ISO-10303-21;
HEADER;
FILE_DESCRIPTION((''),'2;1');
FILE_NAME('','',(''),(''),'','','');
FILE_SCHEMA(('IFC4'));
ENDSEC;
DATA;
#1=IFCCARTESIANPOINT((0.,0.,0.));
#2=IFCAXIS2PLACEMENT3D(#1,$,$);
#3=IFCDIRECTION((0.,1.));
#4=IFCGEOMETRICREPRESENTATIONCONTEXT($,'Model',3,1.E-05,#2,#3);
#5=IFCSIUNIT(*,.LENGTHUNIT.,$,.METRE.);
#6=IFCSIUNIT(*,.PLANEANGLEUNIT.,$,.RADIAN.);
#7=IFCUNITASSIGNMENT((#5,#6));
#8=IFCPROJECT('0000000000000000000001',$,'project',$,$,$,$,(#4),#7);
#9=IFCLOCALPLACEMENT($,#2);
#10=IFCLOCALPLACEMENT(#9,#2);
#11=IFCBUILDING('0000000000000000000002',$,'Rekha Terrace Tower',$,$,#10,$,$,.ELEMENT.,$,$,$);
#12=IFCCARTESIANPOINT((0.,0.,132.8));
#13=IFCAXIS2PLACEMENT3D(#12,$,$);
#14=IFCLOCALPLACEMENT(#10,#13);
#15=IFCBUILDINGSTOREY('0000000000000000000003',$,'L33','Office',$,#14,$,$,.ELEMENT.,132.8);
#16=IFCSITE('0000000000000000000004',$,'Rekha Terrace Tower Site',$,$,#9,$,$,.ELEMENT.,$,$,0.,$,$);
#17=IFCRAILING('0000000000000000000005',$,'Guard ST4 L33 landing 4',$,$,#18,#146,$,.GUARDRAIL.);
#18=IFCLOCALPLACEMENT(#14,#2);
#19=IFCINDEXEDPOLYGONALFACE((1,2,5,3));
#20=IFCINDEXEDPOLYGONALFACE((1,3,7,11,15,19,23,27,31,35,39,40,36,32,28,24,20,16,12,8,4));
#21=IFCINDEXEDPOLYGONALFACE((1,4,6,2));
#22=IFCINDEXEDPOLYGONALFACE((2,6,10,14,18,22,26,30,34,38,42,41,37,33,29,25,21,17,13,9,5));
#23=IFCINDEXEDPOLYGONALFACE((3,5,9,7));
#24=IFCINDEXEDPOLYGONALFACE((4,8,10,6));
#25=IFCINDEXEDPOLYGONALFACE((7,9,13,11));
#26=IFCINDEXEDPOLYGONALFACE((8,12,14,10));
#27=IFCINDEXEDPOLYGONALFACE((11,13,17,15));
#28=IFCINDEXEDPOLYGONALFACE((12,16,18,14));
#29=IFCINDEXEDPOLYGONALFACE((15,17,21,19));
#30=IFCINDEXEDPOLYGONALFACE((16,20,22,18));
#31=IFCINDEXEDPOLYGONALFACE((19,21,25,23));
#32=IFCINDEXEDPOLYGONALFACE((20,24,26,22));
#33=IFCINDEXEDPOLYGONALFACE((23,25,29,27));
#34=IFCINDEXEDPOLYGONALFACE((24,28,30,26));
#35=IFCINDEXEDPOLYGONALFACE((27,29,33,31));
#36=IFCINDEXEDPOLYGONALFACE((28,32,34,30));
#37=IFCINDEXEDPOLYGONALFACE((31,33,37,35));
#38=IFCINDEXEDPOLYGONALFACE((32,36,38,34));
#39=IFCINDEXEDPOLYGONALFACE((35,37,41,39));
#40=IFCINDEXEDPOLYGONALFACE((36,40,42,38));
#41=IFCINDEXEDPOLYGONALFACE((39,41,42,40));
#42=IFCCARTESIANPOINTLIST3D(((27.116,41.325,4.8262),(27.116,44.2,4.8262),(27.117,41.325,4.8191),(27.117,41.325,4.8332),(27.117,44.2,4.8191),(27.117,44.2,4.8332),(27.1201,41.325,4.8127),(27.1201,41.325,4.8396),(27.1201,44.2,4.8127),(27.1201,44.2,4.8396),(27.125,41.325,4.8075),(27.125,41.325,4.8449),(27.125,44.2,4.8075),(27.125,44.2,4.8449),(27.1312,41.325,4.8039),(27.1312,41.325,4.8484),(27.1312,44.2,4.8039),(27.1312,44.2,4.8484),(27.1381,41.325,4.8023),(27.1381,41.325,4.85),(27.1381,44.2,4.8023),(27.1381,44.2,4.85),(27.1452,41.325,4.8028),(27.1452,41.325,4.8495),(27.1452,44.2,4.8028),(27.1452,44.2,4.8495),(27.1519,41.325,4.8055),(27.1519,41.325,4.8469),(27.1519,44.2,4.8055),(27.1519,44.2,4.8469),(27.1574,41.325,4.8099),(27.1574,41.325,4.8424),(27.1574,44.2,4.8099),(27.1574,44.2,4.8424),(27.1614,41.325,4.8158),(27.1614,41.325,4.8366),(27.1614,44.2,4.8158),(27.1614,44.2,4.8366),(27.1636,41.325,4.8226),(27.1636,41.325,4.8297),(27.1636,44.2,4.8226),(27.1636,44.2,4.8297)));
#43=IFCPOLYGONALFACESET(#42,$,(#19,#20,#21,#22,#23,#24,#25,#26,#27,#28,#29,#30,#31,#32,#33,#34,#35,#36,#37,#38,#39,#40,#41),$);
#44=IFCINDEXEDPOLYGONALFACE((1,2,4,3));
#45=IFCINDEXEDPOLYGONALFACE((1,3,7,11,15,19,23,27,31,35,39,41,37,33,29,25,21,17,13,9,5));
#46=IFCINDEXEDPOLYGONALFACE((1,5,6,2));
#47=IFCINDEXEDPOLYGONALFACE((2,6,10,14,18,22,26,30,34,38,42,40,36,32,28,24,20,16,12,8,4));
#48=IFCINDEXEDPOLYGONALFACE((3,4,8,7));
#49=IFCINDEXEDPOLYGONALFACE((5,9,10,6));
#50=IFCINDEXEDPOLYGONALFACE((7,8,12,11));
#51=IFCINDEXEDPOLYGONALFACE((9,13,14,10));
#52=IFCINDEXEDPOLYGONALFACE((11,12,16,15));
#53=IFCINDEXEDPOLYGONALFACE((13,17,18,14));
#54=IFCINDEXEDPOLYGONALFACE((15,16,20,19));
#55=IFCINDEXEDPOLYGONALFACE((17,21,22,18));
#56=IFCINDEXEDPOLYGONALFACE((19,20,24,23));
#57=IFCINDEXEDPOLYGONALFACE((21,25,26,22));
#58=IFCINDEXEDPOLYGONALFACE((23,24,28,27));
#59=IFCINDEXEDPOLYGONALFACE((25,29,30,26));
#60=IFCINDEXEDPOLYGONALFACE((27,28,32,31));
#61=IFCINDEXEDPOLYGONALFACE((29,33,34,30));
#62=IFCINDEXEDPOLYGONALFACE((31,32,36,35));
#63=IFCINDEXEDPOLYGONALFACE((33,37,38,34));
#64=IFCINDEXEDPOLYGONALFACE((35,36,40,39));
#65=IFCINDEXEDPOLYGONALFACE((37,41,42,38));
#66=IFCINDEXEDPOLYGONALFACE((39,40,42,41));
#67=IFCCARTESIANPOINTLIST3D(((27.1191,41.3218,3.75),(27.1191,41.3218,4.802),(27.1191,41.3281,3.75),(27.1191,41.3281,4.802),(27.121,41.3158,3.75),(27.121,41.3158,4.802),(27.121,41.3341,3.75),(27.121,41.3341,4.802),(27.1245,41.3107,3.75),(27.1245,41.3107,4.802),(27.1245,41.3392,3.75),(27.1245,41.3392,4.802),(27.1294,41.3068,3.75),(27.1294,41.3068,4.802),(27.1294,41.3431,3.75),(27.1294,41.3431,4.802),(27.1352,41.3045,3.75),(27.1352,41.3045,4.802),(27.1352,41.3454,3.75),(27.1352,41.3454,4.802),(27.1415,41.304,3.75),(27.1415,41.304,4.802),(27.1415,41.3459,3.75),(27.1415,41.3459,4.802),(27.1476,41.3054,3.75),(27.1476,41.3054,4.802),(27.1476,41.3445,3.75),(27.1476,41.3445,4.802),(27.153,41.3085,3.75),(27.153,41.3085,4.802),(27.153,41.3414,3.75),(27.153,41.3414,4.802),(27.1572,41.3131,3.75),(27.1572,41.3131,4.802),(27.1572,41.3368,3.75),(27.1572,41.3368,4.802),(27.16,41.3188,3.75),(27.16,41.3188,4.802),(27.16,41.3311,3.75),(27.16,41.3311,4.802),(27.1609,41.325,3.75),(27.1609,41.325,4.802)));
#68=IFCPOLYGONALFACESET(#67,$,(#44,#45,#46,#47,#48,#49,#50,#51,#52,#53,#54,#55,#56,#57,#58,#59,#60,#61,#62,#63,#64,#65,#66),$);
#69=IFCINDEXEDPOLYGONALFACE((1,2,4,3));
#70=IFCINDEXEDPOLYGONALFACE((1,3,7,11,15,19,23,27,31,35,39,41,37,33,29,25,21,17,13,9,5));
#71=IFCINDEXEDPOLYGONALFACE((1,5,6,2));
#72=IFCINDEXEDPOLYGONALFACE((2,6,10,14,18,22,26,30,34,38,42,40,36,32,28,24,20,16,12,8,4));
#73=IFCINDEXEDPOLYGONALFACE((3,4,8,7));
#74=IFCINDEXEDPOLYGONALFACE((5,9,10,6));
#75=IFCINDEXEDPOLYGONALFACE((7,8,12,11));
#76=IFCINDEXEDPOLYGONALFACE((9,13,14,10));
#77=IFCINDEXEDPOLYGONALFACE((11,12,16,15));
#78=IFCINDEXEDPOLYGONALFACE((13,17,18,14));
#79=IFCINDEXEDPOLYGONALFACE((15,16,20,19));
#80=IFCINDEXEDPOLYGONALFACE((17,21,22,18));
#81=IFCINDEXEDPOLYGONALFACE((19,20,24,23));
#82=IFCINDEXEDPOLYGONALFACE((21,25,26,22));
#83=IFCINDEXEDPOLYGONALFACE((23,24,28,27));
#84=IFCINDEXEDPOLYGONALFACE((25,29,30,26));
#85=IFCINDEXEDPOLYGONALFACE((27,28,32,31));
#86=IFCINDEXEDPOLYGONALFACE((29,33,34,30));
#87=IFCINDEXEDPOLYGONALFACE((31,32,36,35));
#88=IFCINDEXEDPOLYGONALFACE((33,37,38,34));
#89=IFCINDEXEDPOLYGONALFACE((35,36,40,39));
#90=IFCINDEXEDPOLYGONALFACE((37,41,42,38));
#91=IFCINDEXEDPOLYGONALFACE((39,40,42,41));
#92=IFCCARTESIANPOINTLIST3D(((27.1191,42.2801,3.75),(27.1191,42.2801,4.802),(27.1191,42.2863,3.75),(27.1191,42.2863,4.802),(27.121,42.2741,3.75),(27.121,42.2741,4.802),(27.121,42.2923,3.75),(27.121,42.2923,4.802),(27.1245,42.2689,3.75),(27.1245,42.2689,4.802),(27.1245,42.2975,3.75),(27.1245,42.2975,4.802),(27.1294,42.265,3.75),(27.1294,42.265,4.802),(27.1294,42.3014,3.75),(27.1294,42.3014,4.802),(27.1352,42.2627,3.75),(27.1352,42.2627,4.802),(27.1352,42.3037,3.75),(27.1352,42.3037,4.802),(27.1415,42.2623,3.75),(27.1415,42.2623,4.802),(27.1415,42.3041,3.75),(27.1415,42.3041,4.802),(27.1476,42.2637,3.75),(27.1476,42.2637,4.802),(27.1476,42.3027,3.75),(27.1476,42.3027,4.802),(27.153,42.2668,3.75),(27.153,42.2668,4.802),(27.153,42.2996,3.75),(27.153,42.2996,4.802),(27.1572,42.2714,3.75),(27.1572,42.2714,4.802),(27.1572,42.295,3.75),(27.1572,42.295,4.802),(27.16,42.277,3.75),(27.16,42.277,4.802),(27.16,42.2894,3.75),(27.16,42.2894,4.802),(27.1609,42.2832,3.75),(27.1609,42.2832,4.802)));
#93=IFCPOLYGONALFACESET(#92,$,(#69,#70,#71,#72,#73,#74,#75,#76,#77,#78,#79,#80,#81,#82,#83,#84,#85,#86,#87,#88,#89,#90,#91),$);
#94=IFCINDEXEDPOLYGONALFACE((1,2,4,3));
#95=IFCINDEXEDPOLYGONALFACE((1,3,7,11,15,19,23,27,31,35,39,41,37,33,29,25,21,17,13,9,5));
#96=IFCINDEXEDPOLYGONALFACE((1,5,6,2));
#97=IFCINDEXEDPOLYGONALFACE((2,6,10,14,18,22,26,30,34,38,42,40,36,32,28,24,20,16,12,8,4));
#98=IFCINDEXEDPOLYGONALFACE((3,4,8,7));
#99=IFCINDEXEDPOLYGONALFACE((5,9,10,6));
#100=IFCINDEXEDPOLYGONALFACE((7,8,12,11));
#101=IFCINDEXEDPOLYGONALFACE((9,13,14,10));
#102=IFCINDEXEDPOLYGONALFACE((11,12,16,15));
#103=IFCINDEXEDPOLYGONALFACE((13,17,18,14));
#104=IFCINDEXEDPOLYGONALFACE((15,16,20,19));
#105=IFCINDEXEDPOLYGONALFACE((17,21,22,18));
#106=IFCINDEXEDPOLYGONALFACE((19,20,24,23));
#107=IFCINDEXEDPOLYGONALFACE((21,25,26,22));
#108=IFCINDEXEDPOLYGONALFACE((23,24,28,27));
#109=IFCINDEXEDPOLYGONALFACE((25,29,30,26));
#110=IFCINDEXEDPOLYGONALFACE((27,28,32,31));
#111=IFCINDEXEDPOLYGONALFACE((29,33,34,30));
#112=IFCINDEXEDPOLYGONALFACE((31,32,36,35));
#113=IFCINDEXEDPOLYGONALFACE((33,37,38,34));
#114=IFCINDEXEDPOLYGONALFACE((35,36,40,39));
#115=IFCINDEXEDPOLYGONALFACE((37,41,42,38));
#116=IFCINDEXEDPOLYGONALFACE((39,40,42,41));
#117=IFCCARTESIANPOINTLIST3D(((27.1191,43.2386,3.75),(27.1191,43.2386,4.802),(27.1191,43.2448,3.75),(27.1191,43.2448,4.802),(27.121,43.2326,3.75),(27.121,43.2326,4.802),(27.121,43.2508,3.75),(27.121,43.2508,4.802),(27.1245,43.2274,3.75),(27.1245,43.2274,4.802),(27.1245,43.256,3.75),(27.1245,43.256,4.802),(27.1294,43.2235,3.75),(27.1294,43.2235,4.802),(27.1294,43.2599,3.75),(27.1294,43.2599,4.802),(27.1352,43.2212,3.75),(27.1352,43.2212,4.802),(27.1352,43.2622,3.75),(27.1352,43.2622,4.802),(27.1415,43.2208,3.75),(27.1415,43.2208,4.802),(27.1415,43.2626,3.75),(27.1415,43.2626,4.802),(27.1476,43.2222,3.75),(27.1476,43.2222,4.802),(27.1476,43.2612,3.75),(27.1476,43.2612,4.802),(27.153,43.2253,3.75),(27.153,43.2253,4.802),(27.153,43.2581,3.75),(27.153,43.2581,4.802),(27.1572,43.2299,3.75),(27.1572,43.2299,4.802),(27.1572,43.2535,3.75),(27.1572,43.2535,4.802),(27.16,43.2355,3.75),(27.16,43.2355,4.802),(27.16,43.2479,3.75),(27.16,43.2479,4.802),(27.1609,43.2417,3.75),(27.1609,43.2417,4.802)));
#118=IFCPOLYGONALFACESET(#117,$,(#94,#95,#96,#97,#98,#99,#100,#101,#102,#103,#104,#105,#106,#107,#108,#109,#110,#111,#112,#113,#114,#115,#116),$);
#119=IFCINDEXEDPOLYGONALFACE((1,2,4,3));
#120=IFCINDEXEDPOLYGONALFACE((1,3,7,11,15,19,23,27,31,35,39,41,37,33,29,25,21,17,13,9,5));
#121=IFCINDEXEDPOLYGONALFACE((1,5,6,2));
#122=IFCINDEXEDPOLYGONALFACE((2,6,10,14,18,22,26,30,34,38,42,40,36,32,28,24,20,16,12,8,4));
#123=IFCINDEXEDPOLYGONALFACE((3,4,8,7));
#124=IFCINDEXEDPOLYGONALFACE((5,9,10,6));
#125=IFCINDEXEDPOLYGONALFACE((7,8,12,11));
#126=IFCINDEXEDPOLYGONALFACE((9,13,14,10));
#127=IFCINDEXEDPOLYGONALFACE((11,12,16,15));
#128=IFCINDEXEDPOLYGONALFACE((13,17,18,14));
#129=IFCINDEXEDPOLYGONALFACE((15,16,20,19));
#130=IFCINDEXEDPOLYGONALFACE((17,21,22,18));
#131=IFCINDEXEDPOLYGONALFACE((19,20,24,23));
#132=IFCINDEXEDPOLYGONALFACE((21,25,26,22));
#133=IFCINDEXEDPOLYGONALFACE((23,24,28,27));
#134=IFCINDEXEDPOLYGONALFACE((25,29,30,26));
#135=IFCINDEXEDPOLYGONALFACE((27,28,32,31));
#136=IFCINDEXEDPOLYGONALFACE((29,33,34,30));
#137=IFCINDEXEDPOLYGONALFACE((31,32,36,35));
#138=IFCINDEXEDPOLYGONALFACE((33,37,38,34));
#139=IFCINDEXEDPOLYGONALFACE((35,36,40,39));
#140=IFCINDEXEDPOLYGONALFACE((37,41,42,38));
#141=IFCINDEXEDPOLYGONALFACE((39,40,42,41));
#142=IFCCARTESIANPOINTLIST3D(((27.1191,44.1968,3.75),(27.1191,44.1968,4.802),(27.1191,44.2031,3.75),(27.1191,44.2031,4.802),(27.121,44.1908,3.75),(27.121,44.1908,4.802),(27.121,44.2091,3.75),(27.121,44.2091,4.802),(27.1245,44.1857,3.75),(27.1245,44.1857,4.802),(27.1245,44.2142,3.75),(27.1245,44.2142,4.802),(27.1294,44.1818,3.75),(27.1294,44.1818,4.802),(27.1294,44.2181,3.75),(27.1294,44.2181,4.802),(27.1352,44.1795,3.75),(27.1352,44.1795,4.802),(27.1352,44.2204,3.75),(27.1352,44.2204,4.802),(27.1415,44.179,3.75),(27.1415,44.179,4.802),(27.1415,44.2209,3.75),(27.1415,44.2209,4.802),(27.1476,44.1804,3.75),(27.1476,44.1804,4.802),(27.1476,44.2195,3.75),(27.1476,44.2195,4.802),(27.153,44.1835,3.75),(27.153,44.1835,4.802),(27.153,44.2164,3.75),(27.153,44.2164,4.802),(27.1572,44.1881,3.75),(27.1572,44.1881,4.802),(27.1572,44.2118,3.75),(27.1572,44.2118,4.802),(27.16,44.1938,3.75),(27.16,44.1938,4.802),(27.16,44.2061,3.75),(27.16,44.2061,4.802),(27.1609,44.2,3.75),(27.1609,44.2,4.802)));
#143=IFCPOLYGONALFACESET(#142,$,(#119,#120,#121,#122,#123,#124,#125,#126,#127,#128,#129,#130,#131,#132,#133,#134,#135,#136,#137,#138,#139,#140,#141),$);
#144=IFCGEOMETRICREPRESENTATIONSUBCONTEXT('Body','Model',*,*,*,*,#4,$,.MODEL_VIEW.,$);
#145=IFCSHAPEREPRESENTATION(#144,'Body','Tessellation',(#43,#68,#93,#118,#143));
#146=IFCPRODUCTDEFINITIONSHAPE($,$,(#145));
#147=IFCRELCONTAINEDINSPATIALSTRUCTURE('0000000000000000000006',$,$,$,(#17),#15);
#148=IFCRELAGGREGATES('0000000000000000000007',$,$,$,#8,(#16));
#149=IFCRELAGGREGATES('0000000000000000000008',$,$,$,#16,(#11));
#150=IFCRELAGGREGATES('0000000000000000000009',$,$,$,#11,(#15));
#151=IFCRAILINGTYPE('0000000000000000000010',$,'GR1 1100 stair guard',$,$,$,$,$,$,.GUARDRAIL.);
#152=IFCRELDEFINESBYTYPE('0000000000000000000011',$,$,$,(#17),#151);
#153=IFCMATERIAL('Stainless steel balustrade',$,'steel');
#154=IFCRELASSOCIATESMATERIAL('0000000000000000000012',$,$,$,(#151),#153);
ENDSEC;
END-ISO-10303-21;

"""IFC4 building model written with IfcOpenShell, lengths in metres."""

from ifc_helpers import new_model, si_unit, direction, frame, origin, origin_2d, place, context, subcontext, project, spatial, circle, extrude, material, type_object, element, save


model = new_model("IFC4")

# Units and contexts
model_context = context("Model", 3, precision=1e-05, world=origin(), true_north=direction((0.0, 1.0)))
body_context = subcontext(model_context, "Body", "Model", "MODEL_VIEW")
ifc_project = project(units=[si_unit("LENGTHUNIT", "METRE"), si_unit("PLANEANGLEUNIT", "RADIAN")], contexts=[model_context])

# Site, building, storey
site_placement = place(None, origin())
site = spatial("IfcSite", under=ifc_project, at=site_placement, Name="Rekha Terrace Tower Site", CompositionType="ELEMENT", RefElevation=0.0)
building_placement = place(site_placement, origin())
building = spatial("IfcBuilding", under=site, at=building_placement, Name="Rekha Terrace Tower", CompositionType="ELEMENT")
storey_placement = place(building_placement, frame((0.0, 0.0, 132.8)))
storey = spatial("IfcBuildingStorey", under=building, at=storey_placement, Name="L33", Description="Office", CompositionType="ELEMENT", Elevation=132.8)

# Railing
ifc_material_1 = material(Name="Stainless steel balustrade", Category="steel")
railing_type_1 = type_object("IfcRailingType", Name="GR1 1100 stair guard", PredefinedType="GUARDRAIL", material=ifc_material_1)
railing_1_placement = place(storey_placement, frame((27.1399, 41.325, 3.75)))
element("IfcRailing", 1, at=railing_1_placement, inside=storey, type_object=railing_type_1, Name="Guard ST4 L33 landing 4", PredefinedType="GUARDRAIL", context=body_context, shape_type="SweptSolid", body=[
    extrude(circle(Radius=0.0239, at=origin_2d()), frame((0.0, 0.0, 1.0762), z_axis=(0.0, 1.0, 0.0), x_axis=(-1.0, 0.0, 0.0)), (0.0, 0.0, 1.0), 2.875),
    extrude(circle(Radius=0.021, at=origin_2d()), origin(), (0.0, 0.0, 1.0), 1.052),
    extrude(circle(Radius=0.021, at=origin_2d()), frame((0.0, 0.9583, 0.0)), (0.0, 0.0, 1.0), 1.052),
    extrude(circle(Radius=0.021, at=origin_2d()), frame((0.0, 1.9167, 0.0)), (0.0, 0.0, 1.0), 1.052),
    extrude(circle(Radius=0.021, at=origin_2d()), frame((0.0, 2.875, 0.0)), (0.0, 0.0, 1.0), 1.052),
])

save(model, "model.ifc")
